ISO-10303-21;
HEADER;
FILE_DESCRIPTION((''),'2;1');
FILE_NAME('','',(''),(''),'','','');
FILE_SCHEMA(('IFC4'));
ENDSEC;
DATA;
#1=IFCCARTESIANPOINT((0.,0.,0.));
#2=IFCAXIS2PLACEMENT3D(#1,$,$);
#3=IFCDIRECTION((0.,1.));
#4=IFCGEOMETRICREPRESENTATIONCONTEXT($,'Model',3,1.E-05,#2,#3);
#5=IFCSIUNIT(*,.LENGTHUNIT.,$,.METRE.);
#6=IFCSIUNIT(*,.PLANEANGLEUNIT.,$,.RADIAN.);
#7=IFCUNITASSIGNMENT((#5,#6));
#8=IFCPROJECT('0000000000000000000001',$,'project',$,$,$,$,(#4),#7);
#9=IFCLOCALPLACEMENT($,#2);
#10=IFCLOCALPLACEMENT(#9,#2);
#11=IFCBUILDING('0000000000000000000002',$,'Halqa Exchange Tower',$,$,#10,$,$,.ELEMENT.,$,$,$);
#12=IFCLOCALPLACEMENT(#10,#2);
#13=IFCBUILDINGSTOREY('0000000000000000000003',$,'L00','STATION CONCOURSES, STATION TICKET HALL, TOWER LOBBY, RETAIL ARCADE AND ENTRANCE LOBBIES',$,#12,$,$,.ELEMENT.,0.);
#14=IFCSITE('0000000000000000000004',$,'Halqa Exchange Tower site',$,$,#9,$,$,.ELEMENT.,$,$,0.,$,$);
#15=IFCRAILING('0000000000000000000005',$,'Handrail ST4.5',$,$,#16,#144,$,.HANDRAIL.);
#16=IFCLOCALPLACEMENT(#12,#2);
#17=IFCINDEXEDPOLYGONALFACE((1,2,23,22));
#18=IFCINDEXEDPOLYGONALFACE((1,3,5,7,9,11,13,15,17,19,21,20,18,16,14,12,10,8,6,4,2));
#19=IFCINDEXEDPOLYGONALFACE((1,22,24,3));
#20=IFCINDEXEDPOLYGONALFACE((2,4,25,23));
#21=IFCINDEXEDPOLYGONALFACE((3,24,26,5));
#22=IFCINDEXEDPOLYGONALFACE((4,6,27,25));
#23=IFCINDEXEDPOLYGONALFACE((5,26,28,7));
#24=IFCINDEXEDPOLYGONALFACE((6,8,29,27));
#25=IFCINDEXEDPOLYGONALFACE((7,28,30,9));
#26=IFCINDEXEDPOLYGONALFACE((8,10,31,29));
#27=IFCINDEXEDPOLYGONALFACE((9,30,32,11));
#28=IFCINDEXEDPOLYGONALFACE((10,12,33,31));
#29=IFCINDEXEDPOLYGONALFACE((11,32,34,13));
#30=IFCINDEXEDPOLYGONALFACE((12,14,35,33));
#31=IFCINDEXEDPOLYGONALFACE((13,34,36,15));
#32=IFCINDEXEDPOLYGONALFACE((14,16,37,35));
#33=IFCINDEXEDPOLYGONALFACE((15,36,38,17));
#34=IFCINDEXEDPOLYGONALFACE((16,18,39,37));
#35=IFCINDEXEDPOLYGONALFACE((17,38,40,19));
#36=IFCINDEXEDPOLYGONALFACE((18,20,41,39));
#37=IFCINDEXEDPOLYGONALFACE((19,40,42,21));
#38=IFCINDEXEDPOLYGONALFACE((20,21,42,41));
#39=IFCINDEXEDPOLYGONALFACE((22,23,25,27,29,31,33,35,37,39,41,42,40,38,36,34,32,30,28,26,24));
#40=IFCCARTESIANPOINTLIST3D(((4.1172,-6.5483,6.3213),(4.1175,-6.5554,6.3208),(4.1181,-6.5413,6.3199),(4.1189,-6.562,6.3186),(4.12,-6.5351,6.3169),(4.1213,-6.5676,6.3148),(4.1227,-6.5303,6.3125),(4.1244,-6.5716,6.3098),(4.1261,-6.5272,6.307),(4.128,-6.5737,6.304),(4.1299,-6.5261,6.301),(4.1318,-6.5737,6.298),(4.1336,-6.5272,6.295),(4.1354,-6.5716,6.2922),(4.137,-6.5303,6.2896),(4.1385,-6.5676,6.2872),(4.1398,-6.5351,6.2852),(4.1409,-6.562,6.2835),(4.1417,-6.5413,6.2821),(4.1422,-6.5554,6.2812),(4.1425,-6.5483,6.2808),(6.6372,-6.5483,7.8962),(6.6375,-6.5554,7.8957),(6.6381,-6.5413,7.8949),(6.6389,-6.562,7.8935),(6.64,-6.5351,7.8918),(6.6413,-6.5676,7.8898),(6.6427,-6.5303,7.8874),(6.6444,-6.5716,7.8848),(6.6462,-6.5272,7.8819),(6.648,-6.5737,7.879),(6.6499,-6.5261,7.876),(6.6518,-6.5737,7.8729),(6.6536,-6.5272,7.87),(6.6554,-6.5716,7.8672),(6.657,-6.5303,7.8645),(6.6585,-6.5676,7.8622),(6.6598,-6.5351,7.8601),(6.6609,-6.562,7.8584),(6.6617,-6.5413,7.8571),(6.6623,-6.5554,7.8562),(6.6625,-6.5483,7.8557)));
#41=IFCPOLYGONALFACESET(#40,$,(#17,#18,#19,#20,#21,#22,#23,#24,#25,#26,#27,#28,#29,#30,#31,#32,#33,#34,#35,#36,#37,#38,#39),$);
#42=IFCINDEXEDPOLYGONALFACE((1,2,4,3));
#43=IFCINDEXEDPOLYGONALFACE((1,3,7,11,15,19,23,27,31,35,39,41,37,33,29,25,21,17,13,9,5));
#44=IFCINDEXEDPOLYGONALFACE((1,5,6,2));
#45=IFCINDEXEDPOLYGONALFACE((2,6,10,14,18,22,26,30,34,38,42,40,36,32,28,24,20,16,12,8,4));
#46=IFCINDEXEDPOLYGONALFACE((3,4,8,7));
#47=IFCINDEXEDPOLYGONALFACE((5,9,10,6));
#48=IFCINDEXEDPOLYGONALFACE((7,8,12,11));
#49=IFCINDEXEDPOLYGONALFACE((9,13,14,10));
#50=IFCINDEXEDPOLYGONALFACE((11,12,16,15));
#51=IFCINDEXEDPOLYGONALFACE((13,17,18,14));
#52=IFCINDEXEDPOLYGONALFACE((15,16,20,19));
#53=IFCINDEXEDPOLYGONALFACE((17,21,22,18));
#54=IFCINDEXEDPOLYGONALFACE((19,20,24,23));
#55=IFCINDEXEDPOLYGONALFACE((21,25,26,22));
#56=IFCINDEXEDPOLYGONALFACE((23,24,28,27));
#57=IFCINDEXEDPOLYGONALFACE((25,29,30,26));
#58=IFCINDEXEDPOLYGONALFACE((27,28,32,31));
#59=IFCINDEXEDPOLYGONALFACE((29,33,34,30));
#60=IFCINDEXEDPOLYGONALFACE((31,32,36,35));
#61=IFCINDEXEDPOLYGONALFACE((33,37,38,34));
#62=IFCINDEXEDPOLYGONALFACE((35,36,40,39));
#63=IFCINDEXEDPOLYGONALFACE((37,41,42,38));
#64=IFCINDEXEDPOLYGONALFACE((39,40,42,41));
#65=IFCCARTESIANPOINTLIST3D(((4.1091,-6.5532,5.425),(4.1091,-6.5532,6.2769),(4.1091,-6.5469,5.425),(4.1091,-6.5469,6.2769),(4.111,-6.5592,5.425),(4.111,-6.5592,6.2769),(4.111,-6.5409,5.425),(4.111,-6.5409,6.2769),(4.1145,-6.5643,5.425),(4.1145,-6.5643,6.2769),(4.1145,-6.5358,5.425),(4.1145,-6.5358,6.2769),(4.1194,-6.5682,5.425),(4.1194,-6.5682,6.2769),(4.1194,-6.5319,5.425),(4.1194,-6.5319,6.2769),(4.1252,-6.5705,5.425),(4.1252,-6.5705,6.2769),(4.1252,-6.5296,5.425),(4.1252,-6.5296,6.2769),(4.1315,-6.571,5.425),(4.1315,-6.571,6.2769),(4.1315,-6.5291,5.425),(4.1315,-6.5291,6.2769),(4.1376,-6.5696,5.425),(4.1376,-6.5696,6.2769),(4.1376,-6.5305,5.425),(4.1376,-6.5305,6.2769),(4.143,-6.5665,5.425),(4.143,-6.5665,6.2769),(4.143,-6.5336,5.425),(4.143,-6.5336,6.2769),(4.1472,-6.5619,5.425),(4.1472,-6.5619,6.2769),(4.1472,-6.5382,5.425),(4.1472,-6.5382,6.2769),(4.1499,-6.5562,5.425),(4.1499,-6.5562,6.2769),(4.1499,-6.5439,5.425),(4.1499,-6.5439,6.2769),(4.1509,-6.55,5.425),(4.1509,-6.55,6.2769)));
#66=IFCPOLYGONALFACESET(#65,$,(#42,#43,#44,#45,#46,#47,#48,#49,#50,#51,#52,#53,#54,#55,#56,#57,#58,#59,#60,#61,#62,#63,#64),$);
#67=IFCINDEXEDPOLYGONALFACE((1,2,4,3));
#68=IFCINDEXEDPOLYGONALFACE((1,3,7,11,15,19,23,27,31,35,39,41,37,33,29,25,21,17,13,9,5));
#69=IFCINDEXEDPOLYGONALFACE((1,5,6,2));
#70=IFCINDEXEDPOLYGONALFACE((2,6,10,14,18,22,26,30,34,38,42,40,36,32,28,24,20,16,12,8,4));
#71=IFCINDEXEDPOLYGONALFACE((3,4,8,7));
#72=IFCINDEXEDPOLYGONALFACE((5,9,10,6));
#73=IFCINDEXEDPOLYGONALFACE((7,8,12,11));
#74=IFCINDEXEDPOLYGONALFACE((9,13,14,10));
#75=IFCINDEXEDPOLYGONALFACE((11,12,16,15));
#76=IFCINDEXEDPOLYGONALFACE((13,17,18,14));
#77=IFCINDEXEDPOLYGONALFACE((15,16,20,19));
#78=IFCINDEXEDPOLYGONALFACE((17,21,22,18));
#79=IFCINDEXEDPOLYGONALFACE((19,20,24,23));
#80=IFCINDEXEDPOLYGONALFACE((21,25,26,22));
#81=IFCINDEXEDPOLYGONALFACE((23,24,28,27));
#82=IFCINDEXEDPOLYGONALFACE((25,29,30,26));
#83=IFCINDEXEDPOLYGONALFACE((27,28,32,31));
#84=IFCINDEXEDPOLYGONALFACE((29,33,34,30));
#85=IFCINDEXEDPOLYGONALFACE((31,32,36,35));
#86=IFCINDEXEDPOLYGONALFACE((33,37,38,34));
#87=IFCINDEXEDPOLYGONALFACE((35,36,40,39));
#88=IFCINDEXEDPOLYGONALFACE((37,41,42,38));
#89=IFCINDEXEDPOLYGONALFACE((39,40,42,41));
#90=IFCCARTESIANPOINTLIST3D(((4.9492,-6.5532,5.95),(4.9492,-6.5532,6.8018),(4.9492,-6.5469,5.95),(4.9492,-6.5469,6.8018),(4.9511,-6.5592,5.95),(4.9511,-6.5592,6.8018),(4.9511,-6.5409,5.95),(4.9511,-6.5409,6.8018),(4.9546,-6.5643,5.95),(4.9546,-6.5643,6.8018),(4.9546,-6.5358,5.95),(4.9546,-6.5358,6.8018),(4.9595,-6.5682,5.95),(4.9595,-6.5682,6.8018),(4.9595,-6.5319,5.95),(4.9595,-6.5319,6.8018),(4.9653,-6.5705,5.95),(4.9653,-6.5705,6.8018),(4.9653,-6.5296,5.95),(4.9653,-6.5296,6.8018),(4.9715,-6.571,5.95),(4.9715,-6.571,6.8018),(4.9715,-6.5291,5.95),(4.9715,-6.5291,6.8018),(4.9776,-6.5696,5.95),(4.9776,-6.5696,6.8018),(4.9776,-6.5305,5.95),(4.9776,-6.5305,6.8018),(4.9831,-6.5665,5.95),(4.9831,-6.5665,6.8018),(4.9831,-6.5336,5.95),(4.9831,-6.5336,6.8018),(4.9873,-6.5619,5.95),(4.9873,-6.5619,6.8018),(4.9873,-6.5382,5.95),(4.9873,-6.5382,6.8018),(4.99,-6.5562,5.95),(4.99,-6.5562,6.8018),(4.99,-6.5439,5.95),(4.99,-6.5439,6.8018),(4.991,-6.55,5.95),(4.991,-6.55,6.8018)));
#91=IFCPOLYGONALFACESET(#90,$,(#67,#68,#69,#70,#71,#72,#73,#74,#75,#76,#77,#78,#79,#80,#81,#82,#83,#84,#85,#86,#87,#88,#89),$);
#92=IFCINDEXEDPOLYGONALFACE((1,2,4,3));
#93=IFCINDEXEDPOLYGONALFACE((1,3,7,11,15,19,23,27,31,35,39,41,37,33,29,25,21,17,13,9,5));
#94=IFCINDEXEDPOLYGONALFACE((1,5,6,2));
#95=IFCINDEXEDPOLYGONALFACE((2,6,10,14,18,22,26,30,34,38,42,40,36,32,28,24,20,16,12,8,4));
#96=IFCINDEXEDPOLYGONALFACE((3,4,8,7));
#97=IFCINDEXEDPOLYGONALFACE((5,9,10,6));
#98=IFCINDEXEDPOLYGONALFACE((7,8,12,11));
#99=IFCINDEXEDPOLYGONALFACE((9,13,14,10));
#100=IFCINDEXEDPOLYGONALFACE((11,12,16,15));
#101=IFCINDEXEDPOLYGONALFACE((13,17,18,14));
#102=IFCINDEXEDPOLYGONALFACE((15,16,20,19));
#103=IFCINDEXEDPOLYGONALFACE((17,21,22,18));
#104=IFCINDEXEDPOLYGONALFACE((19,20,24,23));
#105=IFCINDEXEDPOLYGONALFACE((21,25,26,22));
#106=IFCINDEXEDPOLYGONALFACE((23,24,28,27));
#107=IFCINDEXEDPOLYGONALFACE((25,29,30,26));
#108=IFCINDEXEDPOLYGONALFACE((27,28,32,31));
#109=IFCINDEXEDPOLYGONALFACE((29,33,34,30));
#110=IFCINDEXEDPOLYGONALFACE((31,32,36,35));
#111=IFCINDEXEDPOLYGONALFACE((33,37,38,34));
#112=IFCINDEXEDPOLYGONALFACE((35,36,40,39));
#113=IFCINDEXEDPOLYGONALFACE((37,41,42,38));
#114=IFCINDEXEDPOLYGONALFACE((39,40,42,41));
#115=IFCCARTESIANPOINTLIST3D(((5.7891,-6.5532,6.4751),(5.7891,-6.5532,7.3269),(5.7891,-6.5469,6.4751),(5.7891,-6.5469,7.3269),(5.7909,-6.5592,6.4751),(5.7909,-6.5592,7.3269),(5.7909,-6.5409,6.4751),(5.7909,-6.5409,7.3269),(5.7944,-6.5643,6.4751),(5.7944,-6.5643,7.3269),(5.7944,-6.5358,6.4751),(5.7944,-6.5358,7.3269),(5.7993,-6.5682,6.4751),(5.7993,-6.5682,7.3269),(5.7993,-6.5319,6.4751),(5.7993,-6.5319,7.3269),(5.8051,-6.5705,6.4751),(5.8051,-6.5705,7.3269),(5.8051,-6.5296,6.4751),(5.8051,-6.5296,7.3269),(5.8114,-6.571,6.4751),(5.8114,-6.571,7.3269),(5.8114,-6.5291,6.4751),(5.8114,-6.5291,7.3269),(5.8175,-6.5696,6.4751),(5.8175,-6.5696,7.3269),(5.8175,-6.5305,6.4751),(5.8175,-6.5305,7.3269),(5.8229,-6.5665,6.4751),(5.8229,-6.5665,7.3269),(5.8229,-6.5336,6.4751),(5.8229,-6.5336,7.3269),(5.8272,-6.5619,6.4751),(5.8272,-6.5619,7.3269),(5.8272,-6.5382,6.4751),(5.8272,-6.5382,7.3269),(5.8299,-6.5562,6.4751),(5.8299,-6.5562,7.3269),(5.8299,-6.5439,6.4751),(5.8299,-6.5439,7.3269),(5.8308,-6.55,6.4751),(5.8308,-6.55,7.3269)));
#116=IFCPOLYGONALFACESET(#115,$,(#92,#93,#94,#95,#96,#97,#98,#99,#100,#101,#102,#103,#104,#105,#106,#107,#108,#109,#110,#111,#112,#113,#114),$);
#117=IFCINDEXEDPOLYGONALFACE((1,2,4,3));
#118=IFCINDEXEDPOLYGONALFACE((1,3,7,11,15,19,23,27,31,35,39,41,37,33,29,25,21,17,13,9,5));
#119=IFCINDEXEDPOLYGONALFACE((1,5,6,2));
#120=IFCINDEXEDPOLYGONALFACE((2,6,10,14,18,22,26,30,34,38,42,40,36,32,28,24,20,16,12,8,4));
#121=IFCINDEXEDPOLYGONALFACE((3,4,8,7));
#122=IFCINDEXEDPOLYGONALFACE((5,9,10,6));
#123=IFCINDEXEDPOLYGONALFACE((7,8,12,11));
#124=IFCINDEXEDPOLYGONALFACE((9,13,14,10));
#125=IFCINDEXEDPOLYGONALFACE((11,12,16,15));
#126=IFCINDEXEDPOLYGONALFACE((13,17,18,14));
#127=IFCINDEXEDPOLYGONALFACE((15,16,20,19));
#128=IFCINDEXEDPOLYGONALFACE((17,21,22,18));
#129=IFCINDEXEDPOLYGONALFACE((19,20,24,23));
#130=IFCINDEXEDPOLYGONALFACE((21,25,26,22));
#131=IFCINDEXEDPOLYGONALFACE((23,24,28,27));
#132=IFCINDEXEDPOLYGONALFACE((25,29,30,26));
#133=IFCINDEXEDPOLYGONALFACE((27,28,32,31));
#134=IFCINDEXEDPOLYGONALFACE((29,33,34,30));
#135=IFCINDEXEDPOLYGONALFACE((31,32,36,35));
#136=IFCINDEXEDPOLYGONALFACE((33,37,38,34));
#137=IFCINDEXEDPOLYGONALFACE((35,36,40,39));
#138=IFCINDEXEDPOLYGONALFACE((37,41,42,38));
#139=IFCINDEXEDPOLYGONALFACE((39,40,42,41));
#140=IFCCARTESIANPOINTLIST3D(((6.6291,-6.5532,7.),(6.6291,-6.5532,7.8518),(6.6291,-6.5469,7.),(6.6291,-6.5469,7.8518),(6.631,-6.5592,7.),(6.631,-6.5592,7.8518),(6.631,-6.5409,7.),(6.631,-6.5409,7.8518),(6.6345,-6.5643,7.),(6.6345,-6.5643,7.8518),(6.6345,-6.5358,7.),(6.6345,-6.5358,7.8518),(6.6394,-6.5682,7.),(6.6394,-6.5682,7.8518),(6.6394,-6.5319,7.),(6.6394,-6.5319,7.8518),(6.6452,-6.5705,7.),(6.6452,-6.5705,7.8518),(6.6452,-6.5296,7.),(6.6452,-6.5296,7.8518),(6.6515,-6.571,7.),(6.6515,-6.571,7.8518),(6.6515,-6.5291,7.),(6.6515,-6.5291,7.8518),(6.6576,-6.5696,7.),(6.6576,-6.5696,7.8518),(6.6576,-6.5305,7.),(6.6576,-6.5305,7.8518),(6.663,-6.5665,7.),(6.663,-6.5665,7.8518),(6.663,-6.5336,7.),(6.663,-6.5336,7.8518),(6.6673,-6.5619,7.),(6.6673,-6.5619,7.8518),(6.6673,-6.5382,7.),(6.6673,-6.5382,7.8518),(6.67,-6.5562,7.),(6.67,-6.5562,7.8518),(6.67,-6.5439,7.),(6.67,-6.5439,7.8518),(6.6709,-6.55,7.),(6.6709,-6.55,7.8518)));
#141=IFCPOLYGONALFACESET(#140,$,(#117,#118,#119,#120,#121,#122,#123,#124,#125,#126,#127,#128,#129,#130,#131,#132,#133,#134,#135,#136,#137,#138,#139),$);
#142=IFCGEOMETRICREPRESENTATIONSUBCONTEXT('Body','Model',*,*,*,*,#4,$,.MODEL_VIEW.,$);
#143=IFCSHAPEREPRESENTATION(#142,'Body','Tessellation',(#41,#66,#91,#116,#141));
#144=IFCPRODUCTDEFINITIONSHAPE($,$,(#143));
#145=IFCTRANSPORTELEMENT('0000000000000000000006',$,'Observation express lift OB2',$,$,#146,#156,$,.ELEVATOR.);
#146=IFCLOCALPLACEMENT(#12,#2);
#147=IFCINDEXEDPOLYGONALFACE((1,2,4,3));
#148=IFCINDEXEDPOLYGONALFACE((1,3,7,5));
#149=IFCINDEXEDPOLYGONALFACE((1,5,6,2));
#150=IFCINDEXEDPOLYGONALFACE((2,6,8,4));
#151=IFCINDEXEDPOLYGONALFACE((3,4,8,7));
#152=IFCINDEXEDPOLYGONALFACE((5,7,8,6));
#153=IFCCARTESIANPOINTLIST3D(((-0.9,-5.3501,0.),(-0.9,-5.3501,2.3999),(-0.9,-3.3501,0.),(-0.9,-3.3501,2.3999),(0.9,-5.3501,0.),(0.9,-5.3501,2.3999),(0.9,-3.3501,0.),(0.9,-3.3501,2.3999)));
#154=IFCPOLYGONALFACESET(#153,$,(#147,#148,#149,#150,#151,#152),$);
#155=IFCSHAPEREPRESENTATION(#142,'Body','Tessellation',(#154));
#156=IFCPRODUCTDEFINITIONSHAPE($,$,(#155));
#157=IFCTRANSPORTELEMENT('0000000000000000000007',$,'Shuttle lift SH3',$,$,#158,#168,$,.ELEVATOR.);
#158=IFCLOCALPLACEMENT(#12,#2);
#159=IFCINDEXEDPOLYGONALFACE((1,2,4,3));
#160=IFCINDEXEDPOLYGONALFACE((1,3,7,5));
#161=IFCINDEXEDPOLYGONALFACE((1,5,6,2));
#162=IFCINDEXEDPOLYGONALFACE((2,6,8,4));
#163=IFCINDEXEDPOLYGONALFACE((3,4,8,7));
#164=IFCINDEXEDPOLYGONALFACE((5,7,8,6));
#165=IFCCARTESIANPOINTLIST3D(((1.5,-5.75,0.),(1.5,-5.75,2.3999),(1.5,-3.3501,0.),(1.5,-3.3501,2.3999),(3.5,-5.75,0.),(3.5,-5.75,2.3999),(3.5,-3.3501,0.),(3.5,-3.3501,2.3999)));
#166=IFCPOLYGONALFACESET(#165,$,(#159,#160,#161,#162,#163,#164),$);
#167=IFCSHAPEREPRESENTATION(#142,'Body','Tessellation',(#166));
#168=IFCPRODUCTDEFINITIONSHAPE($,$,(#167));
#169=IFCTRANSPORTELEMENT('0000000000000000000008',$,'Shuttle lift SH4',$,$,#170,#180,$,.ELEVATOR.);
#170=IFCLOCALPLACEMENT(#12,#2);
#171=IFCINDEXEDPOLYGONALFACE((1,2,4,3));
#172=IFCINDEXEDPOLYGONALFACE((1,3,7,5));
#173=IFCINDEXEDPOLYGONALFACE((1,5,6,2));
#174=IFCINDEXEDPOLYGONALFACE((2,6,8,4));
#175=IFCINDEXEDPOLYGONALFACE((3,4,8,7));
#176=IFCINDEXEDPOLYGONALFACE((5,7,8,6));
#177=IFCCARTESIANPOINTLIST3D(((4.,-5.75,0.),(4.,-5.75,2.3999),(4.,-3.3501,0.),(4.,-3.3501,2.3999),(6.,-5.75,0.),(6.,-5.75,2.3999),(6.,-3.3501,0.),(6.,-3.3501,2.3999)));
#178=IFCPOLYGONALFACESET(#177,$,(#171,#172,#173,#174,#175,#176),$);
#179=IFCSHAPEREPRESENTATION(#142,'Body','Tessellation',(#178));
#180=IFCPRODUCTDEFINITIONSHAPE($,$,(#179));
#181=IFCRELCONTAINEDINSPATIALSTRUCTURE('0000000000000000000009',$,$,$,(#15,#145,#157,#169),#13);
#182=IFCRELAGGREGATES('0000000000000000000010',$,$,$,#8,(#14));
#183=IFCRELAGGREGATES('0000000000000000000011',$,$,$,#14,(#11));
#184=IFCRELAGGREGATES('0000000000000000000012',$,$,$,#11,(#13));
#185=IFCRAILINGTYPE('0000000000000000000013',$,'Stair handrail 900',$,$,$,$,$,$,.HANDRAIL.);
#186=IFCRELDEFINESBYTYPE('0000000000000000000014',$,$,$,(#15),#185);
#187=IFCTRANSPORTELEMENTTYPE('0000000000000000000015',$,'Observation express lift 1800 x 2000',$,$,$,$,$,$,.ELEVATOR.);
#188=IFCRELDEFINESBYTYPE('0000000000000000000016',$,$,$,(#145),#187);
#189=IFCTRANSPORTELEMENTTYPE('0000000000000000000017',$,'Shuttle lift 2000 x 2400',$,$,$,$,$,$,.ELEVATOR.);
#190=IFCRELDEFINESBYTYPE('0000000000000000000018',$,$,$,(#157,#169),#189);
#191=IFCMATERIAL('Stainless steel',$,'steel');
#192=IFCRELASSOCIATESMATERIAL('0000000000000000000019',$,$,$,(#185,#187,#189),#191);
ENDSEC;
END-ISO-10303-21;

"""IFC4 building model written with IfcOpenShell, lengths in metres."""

from ifc_helpers import new_model, si_unit, direction, frame, origin, origin_2d, place, context, subcontext, project, spatial, rectangle, circle, extrude, material, type_object, element, save


model = new_model("IFC4")

# Units and contexts
model_context = context("Model", 3, precision=1e-05, world=origin(), true_north=direction((0.0, 1.0)))
body_context = subcontext(model_context, "Body", "Model", "MODEL_VIEW")
ifc_project = project(units=[si_unit("LENGTHUNIT", "METRE"), si_unit("PLANEANGLEUNIT", "RADIAN")], contexts=[model_context])

# Site, building, storey
site_placement = place(None, origin())
site = spatial("IfcSite", under=ifc_project, at=site_placement, Name="Halqa Exchange Tower site", CompositionType="ELEMENT", RefElevation=0.0)
building_placement = place(site_placement, origin())
building = spatial("IfcBuilding", under=site, at=building_placement, Name="Halqa Exchange Tower", CompositionType="ELEMENT")
storey_placement = place(building_placement, origin())
storey = spatial("IfcBuildingStorey", under=building, at=storey_placement, Name="L00", Description="STATION CONCOURSES, STATION TICKET HALL, TOWER LOBBY, RETAIL ARCADE AND ENTRANCE LOBBIES", CompositionType="ELEMENT", Elevation=0.0)

# Railing
ifc_material_1 = material(Name="Stainless steel", Category="steel")
railing_type = type_object("IfcRailingType", Name="Stair handrail 900", PredefinedType="HANDRAIL", material=ifc_material_1)
railing_1_placement = place(storey_placement, frame((4.1299, -6.55, 5.425)))
element("IfcRailing", 1, at=railing_1_placement, inside=storey, type_object=railing_type, Name="Handrail ST4.5", PredefinedType="HANDRAIL", context=body_context, shape_type="SweptSolid", body=[
    extrude(circle(Radius=0.0239, at=origin_2d()), frame((0.0, 0.0, 0.876), z_axis=(0.848008, 0.0, 0.529984), x_axis=(0.0, 1.0, 0.0)), (0.0, 0.0, 1.0), 2.9717),
    extrude(circle(Radius=0.021, at=origin_2d()), origin(), (0.0, 0.0, 1.0), 0.8518),
    extrude(circle(Radius=0.021, at=origin_2d()), frame((0.8401, 0.0, 0.5249)), (0.0, 0.0, 1.0), 0.8518),
    extrude(circle(Radius=0.021, at=origin_2d()), frame((1.6799, 0.0, 1.05)), (0.0, 0.0, 1.0), 0.8518),
    extrude(circle(Radius=0.021, at=origin_2d()), frame((2.52, 0.0, 1.575)), (0.0, 0.0, 1.0), 0.8518),
])

# Transport elements
transport_element_type_1 = type_object("IfcTransportElementType", Name="Observation express lift 1800 x 2000", PredefinedType="ELEVATOR", material=ifc_material_1)
transport_element_placement = place(storey_placement, frame((0.0, -4.3501, 0.0), z_axis=(0.0, 0.0, 1.0), x_axis=(1.0, 0.0, 0.0)))
element("IfcTransportElement", 2, at=transport_element_placement, inside=storey, type_object=transport_element_type_1, Name="Observation express lift OB2", PredefinedType="ELEVATOR", context=body_context, shape_type="SweptSolid", body=[
    extrude(rectangle(XDim=1.8, YDim=2.0, at=origin_2d()), origin(), (0.0, 0.0, 1.0), 2.3999),
])
transport_element_type_2 = type_object("IfcTransportElementType", Name="Shuttle lift 2000 x 2400", PredefinedType="ELEVATOR", material=ifc_material_1)
for number, where, z_axis, x_axis, name in (
    (3, (2.5, -4.55, 0.0), (0.0, 0.0, 1.0), (1.0, 0.0, 0.0), "Shuttle lift SH3"),
    (4, (5.0, -4.55, 0.0), (0.0, 0.0, 1.0), (1.0, 0.0, 0.0), "Shuttle lift SH4"),
):
    element("IfcTransportElement", number, at=place(storey_placement, frame(where, z_axis=z_axis, x_axis=x_axis)), inside=storey, type_object=transport_element_type_2, Name=name, PredefinedType="ELEVATOR", context=body_context, shape_type="SweptSolid", body=[
        extrude(rectangle(XDim=2.0, YDim=2.3999, at=origin_2d()), origin(), (0.0, 0.0, 1.0), 2.3999),
    ])

save(model, "model.ifc")
